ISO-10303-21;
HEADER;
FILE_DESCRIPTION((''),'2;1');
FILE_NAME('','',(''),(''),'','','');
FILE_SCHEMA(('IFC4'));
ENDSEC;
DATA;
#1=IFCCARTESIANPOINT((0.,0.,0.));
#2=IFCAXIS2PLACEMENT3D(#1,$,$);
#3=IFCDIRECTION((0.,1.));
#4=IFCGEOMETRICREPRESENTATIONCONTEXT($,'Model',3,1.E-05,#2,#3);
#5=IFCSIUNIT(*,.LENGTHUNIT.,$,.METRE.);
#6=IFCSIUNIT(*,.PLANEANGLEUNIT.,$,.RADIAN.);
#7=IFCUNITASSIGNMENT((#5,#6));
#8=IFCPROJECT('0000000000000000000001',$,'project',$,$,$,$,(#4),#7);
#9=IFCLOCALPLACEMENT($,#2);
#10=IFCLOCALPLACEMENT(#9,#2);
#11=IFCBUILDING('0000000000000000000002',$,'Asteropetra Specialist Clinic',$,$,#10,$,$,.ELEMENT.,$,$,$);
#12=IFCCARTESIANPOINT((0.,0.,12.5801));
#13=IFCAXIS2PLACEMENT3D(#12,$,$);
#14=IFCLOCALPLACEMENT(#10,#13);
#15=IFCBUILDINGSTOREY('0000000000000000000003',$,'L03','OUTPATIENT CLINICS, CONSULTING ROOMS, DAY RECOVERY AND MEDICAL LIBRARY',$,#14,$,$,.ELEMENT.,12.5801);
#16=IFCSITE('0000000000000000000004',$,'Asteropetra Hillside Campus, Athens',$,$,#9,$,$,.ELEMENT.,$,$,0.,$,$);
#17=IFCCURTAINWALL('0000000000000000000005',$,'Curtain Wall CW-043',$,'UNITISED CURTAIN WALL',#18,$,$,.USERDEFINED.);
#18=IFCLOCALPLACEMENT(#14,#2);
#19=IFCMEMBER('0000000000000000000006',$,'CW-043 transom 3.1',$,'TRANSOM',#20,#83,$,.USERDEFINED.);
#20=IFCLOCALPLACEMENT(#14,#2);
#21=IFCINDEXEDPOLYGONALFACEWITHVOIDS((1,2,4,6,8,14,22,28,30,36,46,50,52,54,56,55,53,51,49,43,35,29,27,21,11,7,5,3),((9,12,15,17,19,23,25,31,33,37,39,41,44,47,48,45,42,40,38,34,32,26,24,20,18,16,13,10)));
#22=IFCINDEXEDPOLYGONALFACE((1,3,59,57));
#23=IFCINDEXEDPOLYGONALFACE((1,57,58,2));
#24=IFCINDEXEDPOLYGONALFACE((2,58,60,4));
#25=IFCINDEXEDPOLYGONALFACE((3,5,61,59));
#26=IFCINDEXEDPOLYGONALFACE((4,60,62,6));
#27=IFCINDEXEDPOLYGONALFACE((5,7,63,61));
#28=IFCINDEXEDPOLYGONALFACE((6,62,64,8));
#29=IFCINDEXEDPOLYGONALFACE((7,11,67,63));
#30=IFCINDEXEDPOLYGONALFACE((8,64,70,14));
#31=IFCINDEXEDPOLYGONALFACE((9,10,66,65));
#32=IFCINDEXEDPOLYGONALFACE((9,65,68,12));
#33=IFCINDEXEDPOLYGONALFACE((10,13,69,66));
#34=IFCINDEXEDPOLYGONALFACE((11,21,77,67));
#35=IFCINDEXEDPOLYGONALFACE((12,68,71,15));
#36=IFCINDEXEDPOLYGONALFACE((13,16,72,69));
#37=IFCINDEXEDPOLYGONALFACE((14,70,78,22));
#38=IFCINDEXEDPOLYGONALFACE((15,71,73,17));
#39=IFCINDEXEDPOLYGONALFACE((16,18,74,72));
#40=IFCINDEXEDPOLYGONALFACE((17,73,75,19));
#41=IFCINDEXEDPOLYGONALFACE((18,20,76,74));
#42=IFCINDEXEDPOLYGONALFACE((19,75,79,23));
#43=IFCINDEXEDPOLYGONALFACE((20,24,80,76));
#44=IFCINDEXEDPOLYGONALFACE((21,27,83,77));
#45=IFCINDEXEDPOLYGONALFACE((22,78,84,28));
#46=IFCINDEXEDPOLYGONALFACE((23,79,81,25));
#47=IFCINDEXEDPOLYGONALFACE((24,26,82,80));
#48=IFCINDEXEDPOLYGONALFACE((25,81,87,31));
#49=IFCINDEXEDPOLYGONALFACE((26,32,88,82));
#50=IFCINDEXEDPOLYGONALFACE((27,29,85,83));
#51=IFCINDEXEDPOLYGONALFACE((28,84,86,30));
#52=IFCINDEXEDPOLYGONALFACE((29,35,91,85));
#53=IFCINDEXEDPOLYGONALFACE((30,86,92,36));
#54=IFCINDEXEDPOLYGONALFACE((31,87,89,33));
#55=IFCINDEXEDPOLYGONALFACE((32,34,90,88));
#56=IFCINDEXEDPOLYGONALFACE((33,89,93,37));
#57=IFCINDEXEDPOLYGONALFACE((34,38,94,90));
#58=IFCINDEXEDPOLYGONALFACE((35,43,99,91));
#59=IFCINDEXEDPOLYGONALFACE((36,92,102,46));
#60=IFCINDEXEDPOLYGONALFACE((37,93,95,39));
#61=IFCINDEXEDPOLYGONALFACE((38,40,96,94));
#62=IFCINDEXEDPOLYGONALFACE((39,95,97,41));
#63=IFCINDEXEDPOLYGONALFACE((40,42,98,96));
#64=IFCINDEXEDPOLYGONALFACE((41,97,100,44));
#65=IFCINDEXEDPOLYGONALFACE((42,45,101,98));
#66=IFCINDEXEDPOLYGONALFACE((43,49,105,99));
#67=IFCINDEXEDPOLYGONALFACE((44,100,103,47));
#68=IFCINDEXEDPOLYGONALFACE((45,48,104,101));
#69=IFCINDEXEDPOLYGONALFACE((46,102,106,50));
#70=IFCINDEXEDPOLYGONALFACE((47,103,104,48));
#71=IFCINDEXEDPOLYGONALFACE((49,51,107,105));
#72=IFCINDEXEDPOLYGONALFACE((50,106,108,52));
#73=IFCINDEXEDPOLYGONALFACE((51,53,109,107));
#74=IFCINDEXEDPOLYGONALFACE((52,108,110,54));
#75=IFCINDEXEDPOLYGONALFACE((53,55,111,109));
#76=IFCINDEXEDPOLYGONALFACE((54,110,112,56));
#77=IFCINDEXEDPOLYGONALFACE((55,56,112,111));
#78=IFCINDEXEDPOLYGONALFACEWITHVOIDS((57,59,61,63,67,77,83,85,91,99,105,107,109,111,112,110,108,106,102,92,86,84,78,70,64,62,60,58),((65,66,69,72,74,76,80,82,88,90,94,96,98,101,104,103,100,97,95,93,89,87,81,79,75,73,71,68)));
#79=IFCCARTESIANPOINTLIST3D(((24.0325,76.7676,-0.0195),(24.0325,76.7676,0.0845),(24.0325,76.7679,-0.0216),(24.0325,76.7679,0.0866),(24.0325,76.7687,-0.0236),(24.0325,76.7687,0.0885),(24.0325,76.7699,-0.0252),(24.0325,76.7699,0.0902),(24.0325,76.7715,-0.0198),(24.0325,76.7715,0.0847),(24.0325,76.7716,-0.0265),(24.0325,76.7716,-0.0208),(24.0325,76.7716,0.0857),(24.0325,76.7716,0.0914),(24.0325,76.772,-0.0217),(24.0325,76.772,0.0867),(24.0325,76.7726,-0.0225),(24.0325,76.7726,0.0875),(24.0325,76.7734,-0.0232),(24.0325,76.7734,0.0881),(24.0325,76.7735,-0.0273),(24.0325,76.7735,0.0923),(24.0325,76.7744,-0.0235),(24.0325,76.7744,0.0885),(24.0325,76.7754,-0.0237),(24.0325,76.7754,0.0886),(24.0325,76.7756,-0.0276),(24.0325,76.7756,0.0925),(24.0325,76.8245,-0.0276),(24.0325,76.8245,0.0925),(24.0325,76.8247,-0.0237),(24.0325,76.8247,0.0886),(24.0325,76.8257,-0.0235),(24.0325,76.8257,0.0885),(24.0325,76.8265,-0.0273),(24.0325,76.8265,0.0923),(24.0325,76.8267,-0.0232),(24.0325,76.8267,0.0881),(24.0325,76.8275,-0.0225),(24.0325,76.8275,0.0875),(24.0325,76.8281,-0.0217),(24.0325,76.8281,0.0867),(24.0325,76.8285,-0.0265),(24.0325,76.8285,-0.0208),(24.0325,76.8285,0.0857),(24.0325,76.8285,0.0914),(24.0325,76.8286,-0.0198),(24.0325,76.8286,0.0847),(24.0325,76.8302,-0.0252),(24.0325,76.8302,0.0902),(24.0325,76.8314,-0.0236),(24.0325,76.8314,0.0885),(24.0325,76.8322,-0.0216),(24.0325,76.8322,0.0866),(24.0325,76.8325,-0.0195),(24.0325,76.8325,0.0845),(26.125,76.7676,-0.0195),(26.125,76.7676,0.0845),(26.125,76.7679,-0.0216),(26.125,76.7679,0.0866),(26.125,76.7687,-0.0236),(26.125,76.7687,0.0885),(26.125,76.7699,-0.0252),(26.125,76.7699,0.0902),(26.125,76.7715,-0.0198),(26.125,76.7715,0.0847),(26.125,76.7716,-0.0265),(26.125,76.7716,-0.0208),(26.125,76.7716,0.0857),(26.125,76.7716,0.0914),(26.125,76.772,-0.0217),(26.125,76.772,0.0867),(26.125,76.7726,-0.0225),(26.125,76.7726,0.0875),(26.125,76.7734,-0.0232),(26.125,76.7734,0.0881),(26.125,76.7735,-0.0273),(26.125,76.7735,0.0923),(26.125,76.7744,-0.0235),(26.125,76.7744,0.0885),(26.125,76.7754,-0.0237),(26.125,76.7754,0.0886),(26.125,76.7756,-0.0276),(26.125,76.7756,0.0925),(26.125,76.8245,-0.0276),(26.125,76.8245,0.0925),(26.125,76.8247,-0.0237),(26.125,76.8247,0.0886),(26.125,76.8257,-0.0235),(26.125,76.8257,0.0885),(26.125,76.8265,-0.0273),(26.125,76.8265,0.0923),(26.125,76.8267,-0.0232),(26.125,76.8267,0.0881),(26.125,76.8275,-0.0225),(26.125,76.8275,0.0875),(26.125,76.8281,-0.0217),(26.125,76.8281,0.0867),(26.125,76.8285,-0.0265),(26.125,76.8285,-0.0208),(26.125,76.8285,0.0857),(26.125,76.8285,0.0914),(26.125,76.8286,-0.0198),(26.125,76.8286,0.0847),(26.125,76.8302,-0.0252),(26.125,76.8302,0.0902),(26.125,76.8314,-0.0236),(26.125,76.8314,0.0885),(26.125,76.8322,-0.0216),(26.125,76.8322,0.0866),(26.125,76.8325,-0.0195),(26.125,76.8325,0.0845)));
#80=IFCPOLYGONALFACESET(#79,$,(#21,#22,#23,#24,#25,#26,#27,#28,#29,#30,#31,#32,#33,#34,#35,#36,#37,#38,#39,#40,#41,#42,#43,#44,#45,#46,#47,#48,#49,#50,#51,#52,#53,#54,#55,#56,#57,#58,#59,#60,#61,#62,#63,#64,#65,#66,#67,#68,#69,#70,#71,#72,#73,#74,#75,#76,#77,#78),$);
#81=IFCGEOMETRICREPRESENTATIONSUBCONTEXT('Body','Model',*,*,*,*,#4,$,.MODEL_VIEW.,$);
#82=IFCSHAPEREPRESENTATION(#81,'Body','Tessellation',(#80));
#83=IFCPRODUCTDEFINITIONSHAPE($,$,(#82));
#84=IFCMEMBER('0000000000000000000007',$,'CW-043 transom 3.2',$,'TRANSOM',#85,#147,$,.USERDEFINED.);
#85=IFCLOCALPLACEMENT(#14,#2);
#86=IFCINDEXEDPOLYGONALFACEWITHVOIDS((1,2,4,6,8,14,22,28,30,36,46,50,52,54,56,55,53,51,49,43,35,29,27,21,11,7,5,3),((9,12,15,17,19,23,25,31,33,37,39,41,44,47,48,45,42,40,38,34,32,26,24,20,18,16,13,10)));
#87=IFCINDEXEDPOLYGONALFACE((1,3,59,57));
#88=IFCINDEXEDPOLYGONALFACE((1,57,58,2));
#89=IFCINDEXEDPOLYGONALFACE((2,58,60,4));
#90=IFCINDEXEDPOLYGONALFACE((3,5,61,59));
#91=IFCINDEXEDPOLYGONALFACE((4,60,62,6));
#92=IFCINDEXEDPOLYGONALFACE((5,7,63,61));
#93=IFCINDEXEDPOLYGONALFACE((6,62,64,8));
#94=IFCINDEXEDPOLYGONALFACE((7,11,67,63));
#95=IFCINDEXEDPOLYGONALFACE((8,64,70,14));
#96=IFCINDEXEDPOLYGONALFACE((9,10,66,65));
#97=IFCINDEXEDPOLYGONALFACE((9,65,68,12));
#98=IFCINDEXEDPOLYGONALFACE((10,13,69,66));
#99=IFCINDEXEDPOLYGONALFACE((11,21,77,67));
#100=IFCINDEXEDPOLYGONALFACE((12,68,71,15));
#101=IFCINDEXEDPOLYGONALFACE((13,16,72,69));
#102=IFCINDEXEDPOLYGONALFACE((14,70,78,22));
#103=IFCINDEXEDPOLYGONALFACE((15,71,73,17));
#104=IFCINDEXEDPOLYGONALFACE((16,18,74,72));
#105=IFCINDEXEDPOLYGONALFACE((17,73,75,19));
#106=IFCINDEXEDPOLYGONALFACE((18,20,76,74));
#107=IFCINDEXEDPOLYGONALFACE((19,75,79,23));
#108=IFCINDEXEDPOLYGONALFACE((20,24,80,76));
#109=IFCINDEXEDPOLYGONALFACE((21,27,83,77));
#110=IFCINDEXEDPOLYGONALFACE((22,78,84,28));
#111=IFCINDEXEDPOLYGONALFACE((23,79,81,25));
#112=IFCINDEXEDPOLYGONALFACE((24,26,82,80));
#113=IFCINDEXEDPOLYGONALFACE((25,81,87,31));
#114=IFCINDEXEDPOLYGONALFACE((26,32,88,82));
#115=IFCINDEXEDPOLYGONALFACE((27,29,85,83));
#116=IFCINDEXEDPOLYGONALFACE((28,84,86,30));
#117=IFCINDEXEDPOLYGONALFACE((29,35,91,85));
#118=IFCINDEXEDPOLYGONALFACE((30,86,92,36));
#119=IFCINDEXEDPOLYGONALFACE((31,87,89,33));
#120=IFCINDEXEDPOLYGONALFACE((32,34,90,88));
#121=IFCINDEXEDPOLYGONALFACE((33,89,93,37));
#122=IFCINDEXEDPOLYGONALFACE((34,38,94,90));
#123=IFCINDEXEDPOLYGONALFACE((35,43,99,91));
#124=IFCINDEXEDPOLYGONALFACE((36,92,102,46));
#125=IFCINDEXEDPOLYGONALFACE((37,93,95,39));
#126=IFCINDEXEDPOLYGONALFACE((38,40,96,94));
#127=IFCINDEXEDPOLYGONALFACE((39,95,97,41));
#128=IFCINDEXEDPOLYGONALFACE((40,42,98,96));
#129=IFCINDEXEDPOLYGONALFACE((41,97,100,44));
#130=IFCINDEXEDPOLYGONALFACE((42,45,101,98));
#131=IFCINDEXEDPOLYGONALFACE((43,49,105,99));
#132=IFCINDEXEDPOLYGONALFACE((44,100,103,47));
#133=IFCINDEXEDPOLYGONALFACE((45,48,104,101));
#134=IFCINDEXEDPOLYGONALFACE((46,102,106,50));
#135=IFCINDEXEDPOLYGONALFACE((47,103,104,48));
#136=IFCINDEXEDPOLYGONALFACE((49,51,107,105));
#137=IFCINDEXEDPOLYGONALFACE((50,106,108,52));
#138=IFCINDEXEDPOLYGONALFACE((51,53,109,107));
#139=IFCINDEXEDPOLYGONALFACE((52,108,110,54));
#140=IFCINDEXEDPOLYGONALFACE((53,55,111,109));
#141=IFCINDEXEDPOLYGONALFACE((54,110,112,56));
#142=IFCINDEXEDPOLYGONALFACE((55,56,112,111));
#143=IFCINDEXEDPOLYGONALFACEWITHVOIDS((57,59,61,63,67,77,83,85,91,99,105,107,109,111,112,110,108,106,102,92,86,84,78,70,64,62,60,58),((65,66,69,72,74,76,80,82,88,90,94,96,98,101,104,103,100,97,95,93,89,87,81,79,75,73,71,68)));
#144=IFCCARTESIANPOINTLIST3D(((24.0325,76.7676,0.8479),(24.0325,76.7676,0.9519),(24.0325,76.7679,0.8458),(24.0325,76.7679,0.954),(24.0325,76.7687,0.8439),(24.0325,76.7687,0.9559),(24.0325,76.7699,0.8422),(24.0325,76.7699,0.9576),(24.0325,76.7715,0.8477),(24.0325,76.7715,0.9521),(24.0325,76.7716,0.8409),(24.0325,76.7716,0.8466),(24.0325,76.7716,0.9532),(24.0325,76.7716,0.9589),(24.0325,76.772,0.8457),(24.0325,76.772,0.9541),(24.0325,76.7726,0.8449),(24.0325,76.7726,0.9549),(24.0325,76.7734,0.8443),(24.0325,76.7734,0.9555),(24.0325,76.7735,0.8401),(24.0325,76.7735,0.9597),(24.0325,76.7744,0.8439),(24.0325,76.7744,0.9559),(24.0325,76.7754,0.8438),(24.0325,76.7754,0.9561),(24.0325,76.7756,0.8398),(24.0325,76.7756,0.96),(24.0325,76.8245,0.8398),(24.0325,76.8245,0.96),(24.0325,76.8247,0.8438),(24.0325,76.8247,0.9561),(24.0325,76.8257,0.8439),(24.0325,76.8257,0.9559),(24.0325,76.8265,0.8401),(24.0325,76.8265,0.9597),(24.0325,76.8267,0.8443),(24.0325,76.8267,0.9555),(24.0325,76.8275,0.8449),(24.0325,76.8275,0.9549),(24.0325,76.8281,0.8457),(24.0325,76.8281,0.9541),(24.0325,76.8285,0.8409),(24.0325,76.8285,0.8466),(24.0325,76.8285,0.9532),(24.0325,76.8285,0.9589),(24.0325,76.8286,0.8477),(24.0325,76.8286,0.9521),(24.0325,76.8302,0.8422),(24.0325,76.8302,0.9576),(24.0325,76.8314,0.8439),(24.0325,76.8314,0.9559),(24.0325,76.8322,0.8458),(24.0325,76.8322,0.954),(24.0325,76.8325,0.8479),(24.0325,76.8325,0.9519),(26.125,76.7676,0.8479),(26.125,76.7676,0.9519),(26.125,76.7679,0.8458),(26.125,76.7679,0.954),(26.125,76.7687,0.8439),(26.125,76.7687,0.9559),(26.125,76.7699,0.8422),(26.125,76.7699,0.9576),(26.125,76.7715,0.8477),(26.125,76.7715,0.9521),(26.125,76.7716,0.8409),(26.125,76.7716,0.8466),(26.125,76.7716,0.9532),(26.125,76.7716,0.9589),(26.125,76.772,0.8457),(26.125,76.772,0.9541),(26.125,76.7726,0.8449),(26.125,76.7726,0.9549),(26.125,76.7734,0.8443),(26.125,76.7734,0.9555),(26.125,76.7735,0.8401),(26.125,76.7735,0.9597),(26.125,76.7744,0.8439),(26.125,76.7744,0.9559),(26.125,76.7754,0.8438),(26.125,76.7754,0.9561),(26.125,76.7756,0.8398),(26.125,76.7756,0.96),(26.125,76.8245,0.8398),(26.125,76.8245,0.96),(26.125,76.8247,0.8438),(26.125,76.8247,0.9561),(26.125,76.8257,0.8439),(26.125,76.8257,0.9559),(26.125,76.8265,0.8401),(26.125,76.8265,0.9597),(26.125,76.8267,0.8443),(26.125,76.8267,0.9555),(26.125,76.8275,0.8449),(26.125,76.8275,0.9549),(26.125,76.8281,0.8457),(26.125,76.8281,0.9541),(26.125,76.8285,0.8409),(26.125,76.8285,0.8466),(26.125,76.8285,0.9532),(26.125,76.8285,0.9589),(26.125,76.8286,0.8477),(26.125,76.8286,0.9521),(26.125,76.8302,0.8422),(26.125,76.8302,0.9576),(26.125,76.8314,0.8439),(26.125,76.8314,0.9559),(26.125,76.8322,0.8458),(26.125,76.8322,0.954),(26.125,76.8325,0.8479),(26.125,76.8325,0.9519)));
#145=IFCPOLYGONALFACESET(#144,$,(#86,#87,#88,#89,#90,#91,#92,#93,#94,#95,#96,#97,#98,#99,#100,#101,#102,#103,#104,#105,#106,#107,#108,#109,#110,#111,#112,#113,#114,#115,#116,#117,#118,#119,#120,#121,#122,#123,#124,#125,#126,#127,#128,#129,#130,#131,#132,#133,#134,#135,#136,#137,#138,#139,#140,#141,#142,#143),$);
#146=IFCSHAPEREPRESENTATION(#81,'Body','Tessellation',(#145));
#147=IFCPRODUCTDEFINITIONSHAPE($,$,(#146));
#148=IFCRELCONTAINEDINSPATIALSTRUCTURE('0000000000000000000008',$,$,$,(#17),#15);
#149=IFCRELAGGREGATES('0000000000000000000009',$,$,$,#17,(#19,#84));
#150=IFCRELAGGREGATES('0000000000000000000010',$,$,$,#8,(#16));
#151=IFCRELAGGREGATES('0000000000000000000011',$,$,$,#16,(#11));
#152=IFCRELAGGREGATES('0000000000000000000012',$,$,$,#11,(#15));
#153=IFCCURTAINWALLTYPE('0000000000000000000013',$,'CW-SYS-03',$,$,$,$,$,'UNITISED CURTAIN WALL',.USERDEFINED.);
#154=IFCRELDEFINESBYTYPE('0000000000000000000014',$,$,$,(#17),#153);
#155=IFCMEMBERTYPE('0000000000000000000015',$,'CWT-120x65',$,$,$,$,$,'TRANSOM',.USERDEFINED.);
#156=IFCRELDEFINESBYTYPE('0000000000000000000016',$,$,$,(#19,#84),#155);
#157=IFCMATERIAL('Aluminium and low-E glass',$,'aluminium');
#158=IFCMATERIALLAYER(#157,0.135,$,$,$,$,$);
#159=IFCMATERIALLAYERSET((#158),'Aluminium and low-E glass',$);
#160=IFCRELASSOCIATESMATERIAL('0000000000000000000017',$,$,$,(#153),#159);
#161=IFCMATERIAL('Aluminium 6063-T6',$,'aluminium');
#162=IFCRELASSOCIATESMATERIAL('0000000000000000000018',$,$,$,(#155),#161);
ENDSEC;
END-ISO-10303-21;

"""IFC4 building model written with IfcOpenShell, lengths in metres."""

from ifc_helpers import new_model, si_unit, direction, frame, origin, origin_2d, place, context, subcontext, project, spatial, hollow_rectangle, extrude, material, layer, layer_set, material_profile, profile_set, type_object, element, aggregate, save


model = new_model("IFC4")

# Units and contexts
model_context = context("Model", 3, precision=1e-05, world=origin(), true_north=direction((0.0, 1.0)))
body_context = subcontext(model_context, "Body", "Model", "MODEL_VIEW")
ifc_project = project(units=[si_unit("LENGTHUNIT", "METRE"), si_unit("PLANEANGLEUNIT", "RADIAN")], contexts=[model_context])

# Site, building, storey
site_placement = place(None, origin())
site = spatial("IfcSite", under=ifc_project, at=site_placement, Name="Asteropetra Hillside Campus, Athens", CompositionType="ELEMENT", RefElevation=0.0)
building_placement = place(site_placement, origin())
building = spatial("IfcBuilding", under=site, at=building_placement, Name="Asteropetra Specialist Clinic", CompositionType="ELEMENT")
storey_placement = place(building_placement, frame((0.0, 0.0, 12.5801)))
storey = spatial("IfcBuildingStorey", under=building, at=storey_placement, Name="L03", Description="OUTPATIENT CLINICS, CONSULTING ROOMS, DAY RECOVERY AND MEDICAL LIBRARY", CompositionType="ELEMENT", Elevation=12.5801)

# Curtain wall
ifc_material_1 = material(Name="Aluminium and low-E glass", Category="aluminium")
ifc_layer_1 = layer(ifc_material_1, 0.135)
ifc_layer_set_1 = layer_set([ifc_layer_1], Name="Aluminium and low-E glass")
curtain_wall_type_1 = type_object("IfcCurtainWallType", Name="CW-SYS-03", ElementType="UNITISED CURTAIN WALL", PredefinedType="USERDEFINED", material=ifc_layer_set_1)
curtain_wall_1_placement = place(storey_placement, origin())
curtain_wall_1 = element("IfcCurtainWall", 1, at=curtain_wall_1_placement, inside=storey, type_object=curtain_wall_type_1, Name="Curtain Wall CW-043", ObjectType="UNITISED CURTAIN WALL", PredefinedType="USERDEFINED")

# Members
ifc_material_2 = material(Name="Aluminium 6063-T6", Category="aluminium")
ifc_material_profile_1 = material_profile(ifc_material_2, hollow_rectangle(XDim=0.0649, YDim=0.1201, WallThickness=0.0039, InnerFilletRadius=0.0039, OuterFilletRadius=0.0081, at=origin_2d()), Name="TRN 120x65x4.0")
ifc_profile_set_1 = profile_set([ifc_material_profile_1], Name="Aluminium 6063-T6")
member_type_1 = type_object("IfcMemberType", Name="CWT-120x65", ElementType="TRANSOM", PredefinedType="USERDEFINED", material=ifc_profile_set_1)
member_1_placement = place(storey_placement, frame((24.0325, 76.8, 0.0325), z_axis=(1.0, 0.0, 0.0), x_axis=(0.0, 1.0, 0.0)))
member_1 = element("IfcMember", 2, at=member_1_placement, type_object=member_type_1, Name="CW-043 transom 3.1", ObjectType="TRANSOM", PredefinedType="USERDEFINED", context=body_context, shape_type="SweptSolid", body=[
    extrude(hollow_rectangle(XDim=0.0649, YDim=0.1201, WallThickness=0.0039, InnerFilletRadius=0.0039, OuterFilletRadius=0.0081, at=origin_2d()), origin(), (0.0, 0.0, 1.0), 2.0925),
])
member_2_placement = place(storey_placement, frame((24.0325, 76.8, 0.8999), z_axis=(1.0, 0.0, 0.0), x_axis=(0.0, 1.0, 0.0)))
member_2 = element("IfcMember", 3, at=member_2_placement, type_object=member_type_1, Name="CW-043 transom 3.2", ObjectType="TRANSOM", PredefinedType="USERDEFINED", context=body_context, shape_type="SweptSolid", body=[
    extrude(hollow_rectangle(XDim=0.0649, YDim=0.1201, WallThickness=0.0039, InnerFilletRadius=0.0039, OuterFilletRadius=0.0081, at=origin_2d()), origin(), (0.0, 0.0, 1.0), 2.0925),
])

aggregate(curtain_wall_1, [member_1, member_2])

save(model, "model.ifc")
